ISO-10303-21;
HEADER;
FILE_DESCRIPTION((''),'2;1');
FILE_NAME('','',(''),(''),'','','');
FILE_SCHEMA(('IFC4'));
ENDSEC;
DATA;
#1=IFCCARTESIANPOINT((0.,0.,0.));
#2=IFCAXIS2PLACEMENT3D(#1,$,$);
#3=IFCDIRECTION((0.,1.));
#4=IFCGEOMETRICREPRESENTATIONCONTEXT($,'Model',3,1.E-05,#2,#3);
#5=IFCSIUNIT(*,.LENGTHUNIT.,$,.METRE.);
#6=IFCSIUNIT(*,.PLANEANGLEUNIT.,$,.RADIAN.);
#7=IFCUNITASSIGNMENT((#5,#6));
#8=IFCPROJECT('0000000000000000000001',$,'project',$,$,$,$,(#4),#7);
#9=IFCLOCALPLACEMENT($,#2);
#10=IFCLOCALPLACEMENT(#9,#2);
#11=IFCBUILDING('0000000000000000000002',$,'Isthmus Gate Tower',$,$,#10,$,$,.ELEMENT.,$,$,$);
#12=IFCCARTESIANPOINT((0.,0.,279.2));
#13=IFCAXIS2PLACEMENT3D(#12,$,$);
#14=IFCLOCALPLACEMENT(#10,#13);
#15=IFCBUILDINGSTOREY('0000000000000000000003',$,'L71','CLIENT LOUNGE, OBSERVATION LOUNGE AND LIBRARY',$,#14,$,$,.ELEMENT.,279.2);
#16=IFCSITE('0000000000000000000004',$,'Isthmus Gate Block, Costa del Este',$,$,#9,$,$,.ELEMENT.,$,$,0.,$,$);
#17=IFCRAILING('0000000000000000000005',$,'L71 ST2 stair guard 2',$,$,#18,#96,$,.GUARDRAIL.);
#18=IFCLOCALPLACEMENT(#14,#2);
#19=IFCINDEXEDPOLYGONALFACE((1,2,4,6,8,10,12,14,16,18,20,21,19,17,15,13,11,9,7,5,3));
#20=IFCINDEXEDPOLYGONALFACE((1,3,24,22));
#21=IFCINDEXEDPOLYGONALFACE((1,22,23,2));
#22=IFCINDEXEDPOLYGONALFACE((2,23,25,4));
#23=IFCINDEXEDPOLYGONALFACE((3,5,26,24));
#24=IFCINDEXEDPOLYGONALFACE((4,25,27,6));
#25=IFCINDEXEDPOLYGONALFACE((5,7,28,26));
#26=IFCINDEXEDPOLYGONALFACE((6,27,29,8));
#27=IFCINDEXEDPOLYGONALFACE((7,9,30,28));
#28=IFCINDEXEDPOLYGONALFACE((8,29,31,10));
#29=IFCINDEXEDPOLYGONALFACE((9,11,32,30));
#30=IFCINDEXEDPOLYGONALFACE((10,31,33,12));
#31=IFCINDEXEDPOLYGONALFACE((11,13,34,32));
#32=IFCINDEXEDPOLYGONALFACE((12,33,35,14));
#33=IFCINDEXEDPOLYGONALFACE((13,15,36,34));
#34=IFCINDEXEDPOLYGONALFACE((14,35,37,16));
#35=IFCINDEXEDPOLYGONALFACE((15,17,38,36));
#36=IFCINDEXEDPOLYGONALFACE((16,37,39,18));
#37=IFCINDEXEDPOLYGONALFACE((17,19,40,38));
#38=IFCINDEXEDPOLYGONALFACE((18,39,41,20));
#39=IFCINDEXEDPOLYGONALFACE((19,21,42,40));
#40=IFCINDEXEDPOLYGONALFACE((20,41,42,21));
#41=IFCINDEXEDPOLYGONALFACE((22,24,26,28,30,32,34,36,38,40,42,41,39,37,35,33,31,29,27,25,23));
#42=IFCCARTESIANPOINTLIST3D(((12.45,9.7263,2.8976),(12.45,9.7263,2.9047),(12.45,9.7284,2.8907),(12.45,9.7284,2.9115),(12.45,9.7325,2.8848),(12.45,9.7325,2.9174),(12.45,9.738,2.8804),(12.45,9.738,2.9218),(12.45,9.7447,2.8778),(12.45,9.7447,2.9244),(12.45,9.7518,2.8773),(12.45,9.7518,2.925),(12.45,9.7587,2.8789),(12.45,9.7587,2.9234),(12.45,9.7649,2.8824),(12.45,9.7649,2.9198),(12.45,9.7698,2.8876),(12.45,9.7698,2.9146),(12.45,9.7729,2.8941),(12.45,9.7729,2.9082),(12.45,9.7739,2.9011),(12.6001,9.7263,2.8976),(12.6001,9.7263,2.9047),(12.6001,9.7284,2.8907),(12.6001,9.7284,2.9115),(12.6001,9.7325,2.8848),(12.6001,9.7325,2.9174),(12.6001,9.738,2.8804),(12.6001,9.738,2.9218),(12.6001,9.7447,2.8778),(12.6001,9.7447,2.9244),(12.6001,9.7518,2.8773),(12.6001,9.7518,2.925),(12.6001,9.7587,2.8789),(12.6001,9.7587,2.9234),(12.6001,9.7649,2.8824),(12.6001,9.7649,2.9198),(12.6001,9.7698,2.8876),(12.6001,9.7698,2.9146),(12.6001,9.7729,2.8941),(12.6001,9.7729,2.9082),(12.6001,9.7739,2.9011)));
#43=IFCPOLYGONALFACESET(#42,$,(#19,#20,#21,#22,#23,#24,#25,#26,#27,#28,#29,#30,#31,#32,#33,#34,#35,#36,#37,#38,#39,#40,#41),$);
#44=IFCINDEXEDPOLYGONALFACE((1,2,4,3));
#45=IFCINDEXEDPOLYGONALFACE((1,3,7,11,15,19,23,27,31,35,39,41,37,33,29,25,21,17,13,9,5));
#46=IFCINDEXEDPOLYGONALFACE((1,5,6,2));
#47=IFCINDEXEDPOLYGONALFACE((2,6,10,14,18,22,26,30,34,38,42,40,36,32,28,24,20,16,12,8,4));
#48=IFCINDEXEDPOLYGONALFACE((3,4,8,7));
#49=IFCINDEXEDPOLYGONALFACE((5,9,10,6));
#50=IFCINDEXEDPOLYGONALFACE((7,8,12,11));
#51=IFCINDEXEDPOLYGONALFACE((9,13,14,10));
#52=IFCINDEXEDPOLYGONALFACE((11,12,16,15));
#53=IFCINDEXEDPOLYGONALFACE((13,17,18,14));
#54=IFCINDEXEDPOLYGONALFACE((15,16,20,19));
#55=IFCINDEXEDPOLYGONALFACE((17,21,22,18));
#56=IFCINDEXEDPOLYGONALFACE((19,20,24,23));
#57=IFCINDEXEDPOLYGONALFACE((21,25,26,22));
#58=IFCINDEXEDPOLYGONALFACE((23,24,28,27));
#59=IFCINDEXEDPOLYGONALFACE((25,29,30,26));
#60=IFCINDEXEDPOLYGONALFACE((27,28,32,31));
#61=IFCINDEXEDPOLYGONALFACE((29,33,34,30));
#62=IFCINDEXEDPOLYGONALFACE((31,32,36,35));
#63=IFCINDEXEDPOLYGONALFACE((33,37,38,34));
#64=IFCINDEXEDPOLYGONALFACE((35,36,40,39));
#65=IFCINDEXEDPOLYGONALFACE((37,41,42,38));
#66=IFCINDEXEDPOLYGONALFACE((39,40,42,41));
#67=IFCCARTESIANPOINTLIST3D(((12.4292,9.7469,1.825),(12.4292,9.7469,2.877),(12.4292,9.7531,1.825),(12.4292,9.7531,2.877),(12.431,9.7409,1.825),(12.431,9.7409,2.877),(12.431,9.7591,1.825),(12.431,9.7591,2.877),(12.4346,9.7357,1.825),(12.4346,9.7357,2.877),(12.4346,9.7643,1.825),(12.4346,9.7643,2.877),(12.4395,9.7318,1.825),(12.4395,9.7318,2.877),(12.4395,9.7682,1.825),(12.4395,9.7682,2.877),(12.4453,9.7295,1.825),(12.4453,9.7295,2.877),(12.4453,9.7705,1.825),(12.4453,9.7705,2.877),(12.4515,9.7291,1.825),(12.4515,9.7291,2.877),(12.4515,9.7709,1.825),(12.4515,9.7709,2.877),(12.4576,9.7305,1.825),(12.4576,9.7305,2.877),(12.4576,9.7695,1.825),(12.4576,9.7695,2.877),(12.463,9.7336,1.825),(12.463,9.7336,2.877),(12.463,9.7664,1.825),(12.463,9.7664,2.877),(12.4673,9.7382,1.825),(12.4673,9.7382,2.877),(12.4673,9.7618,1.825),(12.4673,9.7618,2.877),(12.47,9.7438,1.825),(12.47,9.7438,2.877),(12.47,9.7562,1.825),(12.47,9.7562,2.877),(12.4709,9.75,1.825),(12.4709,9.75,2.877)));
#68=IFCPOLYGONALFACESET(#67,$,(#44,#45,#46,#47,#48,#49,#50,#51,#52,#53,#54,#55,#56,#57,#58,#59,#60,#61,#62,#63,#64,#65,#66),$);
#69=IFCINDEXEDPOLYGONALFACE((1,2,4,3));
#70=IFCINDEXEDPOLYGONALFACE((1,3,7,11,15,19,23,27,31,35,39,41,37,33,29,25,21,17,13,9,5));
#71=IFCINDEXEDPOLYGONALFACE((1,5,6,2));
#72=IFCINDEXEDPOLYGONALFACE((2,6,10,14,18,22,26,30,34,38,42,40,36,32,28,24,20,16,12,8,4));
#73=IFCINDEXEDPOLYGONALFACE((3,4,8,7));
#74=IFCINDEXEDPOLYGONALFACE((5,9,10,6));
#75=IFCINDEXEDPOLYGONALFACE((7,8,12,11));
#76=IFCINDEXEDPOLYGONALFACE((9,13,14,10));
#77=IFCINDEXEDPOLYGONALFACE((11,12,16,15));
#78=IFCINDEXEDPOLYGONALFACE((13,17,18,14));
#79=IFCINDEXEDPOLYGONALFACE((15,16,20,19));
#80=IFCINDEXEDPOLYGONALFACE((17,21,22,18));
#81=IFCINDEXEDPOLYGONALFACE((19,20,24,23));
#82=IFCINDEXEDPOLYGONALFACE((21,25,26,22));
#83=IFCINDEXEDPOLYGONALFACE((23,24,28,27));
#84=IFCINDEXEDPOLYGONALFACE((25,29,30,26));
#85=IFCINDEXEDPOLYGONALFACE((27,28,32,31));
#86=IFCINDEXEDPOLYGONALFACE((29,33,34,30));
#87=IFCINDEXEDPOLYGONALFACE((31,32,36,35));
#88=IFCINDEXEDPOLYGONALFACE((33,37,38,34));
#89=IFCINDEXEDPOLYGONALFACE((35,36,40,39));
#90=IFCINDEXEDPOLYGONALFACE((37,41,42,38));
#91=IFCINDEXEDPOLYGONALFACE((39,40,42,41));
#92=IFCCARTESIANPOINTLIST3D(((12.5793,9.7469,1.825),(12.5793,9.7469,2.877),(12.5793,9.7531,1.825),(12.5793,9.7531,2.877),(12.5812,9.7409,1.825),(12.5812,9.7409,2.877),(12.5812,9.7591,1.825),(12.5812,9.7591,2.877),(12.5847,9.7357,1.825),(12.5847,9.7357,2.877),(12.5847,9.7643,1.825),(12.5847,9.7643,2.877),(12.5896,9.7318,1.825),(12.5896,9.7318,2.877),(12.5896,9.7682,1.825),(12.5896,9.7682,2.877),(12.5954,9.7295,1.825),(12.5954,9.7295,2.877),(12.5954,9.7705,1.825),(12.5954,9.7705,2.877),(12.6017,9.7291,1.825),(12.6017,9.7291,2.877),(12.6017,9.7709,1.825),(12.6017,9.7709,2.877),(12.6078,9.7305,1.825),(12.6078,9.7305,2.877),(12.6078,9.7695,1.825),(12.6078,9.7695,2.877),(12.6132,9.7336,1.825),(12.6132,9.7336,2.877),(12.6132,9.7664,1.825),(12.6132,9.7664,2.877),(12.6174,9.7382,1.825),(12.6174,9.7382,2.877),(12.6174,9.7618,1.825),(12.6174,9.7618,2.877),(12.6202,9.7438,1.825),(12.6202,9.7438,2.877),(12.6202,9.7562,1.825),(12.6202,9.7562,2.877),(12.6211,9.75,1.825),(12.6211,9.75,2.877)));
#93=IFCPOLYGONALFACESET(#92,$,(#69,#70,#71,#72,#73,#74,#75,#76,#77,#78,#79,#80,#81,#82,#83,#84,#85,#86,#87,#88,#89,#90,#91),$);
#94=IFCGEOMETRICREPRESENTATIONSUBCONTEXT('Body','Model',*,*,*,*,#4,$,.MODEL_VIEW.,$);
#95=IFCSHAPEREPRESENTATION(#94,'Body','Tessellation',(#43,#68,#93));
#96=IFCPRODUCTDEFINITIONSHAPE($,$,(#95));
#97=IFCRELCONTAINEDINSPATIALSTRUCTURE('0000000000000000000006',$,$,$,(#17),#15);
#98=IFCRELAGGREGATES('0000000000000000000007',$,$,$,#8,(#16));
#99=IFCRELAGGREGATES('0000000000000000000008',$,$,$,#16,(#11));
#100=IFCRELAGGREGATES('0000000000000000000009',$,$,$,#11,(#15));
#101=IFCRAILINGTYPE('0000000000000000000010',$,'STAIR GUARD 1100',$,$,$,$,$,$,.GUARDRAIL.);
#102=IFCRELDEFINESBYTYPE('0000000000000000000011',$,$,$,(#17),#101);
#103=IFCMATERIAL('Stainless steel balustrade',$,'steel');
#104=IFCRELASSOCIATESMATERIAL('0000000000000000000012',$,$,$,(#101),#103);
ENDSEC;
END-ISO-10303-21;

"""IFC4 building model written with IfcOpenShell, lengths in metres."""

from ifc_helpers import new_model, si_unit, direction, frame, origin, origin_2d, place, context, subcontext, project, spatial, circle, extrude, material, type_object, element, save


model = new_model("IFC4")

# Units and contexts
model_context = context("Model", 3, precision=1e-05, world=origin(), true_north=direction((0.0, 1.0)))
body_context = subcontext(model_context, "Body", "Model", "MODEL_VIEW")
ifc_project = project(units=[si_unit("LENGTHUNIT", "METRE"), si_unit("PLANEANGLEUNIT", "RADIAN")], contexts=[model_context])

# Site, building, storey
site_placement = place(None, origin())
site = spatial("IfcSite", under=ifc_project, at=site_placement, Name="Isthmus Gate Block, Costa del Este", CompositionType="ELEMENT", RefElevation=0.0)
building_placement = place(site_placement, origin())
building = spatial("IfcBuilding", under=site, at=building_placement, Name="Isthmus Gate Tower", CompositionType="ELEMENT")
storey_placement = place(building_placement, frame((0.0, 0.0, 279.2)))
storey = spatial("IfcBuildingStorey", under=building, at=storey_placement, Name="L71", Description="CLIENT LOUNGE, OBSERVATION LOUNGE AND LIBRARY", CompositionType="ELEMENT", Elevation=279.2)

# Railing
ifc_material_1 = material(Name="Stainless steel balustrade", Category="steel")
railing_type_1 = type_object("IfcRailingType", Name="STAIR GUARD 1100", PredefinedType="GUARDRAIL", material=ifc_material_1)
railing_1_placement = place(storey_placement, frame((12.45, 9.75, 1.825)))
element("IfcRailing", 1, at=railing_1_placement, inside=storey, type_object=railing_type_1, Name="L71 ST2 stair guard 2", PredefinedType="GUARDRAIL", context=body_context, shape_type="SweptSolid", body=[
    extrude(circle(Radius=0.0239, at=origin_2d()), frame((0.0, 0.0, 1.0762), z_axis=(1.0, 0.0, 0.0), x_axis=(0.0, 1.0, 0.0)), (0.0, 0.0, 1.0), 0.1501),
    extrude(circle(Radius=0.021, at=origin_2d()), origin(), (0.0, 0.0, 1.0), 1.052),
    extrude(circle(Radius=0.021, at=origin_2d()), frame((0.1501, 0.0, 0.0)), (0.0, 0.0, 1.0), 1.052),
])

save(model, "model.ifc")
